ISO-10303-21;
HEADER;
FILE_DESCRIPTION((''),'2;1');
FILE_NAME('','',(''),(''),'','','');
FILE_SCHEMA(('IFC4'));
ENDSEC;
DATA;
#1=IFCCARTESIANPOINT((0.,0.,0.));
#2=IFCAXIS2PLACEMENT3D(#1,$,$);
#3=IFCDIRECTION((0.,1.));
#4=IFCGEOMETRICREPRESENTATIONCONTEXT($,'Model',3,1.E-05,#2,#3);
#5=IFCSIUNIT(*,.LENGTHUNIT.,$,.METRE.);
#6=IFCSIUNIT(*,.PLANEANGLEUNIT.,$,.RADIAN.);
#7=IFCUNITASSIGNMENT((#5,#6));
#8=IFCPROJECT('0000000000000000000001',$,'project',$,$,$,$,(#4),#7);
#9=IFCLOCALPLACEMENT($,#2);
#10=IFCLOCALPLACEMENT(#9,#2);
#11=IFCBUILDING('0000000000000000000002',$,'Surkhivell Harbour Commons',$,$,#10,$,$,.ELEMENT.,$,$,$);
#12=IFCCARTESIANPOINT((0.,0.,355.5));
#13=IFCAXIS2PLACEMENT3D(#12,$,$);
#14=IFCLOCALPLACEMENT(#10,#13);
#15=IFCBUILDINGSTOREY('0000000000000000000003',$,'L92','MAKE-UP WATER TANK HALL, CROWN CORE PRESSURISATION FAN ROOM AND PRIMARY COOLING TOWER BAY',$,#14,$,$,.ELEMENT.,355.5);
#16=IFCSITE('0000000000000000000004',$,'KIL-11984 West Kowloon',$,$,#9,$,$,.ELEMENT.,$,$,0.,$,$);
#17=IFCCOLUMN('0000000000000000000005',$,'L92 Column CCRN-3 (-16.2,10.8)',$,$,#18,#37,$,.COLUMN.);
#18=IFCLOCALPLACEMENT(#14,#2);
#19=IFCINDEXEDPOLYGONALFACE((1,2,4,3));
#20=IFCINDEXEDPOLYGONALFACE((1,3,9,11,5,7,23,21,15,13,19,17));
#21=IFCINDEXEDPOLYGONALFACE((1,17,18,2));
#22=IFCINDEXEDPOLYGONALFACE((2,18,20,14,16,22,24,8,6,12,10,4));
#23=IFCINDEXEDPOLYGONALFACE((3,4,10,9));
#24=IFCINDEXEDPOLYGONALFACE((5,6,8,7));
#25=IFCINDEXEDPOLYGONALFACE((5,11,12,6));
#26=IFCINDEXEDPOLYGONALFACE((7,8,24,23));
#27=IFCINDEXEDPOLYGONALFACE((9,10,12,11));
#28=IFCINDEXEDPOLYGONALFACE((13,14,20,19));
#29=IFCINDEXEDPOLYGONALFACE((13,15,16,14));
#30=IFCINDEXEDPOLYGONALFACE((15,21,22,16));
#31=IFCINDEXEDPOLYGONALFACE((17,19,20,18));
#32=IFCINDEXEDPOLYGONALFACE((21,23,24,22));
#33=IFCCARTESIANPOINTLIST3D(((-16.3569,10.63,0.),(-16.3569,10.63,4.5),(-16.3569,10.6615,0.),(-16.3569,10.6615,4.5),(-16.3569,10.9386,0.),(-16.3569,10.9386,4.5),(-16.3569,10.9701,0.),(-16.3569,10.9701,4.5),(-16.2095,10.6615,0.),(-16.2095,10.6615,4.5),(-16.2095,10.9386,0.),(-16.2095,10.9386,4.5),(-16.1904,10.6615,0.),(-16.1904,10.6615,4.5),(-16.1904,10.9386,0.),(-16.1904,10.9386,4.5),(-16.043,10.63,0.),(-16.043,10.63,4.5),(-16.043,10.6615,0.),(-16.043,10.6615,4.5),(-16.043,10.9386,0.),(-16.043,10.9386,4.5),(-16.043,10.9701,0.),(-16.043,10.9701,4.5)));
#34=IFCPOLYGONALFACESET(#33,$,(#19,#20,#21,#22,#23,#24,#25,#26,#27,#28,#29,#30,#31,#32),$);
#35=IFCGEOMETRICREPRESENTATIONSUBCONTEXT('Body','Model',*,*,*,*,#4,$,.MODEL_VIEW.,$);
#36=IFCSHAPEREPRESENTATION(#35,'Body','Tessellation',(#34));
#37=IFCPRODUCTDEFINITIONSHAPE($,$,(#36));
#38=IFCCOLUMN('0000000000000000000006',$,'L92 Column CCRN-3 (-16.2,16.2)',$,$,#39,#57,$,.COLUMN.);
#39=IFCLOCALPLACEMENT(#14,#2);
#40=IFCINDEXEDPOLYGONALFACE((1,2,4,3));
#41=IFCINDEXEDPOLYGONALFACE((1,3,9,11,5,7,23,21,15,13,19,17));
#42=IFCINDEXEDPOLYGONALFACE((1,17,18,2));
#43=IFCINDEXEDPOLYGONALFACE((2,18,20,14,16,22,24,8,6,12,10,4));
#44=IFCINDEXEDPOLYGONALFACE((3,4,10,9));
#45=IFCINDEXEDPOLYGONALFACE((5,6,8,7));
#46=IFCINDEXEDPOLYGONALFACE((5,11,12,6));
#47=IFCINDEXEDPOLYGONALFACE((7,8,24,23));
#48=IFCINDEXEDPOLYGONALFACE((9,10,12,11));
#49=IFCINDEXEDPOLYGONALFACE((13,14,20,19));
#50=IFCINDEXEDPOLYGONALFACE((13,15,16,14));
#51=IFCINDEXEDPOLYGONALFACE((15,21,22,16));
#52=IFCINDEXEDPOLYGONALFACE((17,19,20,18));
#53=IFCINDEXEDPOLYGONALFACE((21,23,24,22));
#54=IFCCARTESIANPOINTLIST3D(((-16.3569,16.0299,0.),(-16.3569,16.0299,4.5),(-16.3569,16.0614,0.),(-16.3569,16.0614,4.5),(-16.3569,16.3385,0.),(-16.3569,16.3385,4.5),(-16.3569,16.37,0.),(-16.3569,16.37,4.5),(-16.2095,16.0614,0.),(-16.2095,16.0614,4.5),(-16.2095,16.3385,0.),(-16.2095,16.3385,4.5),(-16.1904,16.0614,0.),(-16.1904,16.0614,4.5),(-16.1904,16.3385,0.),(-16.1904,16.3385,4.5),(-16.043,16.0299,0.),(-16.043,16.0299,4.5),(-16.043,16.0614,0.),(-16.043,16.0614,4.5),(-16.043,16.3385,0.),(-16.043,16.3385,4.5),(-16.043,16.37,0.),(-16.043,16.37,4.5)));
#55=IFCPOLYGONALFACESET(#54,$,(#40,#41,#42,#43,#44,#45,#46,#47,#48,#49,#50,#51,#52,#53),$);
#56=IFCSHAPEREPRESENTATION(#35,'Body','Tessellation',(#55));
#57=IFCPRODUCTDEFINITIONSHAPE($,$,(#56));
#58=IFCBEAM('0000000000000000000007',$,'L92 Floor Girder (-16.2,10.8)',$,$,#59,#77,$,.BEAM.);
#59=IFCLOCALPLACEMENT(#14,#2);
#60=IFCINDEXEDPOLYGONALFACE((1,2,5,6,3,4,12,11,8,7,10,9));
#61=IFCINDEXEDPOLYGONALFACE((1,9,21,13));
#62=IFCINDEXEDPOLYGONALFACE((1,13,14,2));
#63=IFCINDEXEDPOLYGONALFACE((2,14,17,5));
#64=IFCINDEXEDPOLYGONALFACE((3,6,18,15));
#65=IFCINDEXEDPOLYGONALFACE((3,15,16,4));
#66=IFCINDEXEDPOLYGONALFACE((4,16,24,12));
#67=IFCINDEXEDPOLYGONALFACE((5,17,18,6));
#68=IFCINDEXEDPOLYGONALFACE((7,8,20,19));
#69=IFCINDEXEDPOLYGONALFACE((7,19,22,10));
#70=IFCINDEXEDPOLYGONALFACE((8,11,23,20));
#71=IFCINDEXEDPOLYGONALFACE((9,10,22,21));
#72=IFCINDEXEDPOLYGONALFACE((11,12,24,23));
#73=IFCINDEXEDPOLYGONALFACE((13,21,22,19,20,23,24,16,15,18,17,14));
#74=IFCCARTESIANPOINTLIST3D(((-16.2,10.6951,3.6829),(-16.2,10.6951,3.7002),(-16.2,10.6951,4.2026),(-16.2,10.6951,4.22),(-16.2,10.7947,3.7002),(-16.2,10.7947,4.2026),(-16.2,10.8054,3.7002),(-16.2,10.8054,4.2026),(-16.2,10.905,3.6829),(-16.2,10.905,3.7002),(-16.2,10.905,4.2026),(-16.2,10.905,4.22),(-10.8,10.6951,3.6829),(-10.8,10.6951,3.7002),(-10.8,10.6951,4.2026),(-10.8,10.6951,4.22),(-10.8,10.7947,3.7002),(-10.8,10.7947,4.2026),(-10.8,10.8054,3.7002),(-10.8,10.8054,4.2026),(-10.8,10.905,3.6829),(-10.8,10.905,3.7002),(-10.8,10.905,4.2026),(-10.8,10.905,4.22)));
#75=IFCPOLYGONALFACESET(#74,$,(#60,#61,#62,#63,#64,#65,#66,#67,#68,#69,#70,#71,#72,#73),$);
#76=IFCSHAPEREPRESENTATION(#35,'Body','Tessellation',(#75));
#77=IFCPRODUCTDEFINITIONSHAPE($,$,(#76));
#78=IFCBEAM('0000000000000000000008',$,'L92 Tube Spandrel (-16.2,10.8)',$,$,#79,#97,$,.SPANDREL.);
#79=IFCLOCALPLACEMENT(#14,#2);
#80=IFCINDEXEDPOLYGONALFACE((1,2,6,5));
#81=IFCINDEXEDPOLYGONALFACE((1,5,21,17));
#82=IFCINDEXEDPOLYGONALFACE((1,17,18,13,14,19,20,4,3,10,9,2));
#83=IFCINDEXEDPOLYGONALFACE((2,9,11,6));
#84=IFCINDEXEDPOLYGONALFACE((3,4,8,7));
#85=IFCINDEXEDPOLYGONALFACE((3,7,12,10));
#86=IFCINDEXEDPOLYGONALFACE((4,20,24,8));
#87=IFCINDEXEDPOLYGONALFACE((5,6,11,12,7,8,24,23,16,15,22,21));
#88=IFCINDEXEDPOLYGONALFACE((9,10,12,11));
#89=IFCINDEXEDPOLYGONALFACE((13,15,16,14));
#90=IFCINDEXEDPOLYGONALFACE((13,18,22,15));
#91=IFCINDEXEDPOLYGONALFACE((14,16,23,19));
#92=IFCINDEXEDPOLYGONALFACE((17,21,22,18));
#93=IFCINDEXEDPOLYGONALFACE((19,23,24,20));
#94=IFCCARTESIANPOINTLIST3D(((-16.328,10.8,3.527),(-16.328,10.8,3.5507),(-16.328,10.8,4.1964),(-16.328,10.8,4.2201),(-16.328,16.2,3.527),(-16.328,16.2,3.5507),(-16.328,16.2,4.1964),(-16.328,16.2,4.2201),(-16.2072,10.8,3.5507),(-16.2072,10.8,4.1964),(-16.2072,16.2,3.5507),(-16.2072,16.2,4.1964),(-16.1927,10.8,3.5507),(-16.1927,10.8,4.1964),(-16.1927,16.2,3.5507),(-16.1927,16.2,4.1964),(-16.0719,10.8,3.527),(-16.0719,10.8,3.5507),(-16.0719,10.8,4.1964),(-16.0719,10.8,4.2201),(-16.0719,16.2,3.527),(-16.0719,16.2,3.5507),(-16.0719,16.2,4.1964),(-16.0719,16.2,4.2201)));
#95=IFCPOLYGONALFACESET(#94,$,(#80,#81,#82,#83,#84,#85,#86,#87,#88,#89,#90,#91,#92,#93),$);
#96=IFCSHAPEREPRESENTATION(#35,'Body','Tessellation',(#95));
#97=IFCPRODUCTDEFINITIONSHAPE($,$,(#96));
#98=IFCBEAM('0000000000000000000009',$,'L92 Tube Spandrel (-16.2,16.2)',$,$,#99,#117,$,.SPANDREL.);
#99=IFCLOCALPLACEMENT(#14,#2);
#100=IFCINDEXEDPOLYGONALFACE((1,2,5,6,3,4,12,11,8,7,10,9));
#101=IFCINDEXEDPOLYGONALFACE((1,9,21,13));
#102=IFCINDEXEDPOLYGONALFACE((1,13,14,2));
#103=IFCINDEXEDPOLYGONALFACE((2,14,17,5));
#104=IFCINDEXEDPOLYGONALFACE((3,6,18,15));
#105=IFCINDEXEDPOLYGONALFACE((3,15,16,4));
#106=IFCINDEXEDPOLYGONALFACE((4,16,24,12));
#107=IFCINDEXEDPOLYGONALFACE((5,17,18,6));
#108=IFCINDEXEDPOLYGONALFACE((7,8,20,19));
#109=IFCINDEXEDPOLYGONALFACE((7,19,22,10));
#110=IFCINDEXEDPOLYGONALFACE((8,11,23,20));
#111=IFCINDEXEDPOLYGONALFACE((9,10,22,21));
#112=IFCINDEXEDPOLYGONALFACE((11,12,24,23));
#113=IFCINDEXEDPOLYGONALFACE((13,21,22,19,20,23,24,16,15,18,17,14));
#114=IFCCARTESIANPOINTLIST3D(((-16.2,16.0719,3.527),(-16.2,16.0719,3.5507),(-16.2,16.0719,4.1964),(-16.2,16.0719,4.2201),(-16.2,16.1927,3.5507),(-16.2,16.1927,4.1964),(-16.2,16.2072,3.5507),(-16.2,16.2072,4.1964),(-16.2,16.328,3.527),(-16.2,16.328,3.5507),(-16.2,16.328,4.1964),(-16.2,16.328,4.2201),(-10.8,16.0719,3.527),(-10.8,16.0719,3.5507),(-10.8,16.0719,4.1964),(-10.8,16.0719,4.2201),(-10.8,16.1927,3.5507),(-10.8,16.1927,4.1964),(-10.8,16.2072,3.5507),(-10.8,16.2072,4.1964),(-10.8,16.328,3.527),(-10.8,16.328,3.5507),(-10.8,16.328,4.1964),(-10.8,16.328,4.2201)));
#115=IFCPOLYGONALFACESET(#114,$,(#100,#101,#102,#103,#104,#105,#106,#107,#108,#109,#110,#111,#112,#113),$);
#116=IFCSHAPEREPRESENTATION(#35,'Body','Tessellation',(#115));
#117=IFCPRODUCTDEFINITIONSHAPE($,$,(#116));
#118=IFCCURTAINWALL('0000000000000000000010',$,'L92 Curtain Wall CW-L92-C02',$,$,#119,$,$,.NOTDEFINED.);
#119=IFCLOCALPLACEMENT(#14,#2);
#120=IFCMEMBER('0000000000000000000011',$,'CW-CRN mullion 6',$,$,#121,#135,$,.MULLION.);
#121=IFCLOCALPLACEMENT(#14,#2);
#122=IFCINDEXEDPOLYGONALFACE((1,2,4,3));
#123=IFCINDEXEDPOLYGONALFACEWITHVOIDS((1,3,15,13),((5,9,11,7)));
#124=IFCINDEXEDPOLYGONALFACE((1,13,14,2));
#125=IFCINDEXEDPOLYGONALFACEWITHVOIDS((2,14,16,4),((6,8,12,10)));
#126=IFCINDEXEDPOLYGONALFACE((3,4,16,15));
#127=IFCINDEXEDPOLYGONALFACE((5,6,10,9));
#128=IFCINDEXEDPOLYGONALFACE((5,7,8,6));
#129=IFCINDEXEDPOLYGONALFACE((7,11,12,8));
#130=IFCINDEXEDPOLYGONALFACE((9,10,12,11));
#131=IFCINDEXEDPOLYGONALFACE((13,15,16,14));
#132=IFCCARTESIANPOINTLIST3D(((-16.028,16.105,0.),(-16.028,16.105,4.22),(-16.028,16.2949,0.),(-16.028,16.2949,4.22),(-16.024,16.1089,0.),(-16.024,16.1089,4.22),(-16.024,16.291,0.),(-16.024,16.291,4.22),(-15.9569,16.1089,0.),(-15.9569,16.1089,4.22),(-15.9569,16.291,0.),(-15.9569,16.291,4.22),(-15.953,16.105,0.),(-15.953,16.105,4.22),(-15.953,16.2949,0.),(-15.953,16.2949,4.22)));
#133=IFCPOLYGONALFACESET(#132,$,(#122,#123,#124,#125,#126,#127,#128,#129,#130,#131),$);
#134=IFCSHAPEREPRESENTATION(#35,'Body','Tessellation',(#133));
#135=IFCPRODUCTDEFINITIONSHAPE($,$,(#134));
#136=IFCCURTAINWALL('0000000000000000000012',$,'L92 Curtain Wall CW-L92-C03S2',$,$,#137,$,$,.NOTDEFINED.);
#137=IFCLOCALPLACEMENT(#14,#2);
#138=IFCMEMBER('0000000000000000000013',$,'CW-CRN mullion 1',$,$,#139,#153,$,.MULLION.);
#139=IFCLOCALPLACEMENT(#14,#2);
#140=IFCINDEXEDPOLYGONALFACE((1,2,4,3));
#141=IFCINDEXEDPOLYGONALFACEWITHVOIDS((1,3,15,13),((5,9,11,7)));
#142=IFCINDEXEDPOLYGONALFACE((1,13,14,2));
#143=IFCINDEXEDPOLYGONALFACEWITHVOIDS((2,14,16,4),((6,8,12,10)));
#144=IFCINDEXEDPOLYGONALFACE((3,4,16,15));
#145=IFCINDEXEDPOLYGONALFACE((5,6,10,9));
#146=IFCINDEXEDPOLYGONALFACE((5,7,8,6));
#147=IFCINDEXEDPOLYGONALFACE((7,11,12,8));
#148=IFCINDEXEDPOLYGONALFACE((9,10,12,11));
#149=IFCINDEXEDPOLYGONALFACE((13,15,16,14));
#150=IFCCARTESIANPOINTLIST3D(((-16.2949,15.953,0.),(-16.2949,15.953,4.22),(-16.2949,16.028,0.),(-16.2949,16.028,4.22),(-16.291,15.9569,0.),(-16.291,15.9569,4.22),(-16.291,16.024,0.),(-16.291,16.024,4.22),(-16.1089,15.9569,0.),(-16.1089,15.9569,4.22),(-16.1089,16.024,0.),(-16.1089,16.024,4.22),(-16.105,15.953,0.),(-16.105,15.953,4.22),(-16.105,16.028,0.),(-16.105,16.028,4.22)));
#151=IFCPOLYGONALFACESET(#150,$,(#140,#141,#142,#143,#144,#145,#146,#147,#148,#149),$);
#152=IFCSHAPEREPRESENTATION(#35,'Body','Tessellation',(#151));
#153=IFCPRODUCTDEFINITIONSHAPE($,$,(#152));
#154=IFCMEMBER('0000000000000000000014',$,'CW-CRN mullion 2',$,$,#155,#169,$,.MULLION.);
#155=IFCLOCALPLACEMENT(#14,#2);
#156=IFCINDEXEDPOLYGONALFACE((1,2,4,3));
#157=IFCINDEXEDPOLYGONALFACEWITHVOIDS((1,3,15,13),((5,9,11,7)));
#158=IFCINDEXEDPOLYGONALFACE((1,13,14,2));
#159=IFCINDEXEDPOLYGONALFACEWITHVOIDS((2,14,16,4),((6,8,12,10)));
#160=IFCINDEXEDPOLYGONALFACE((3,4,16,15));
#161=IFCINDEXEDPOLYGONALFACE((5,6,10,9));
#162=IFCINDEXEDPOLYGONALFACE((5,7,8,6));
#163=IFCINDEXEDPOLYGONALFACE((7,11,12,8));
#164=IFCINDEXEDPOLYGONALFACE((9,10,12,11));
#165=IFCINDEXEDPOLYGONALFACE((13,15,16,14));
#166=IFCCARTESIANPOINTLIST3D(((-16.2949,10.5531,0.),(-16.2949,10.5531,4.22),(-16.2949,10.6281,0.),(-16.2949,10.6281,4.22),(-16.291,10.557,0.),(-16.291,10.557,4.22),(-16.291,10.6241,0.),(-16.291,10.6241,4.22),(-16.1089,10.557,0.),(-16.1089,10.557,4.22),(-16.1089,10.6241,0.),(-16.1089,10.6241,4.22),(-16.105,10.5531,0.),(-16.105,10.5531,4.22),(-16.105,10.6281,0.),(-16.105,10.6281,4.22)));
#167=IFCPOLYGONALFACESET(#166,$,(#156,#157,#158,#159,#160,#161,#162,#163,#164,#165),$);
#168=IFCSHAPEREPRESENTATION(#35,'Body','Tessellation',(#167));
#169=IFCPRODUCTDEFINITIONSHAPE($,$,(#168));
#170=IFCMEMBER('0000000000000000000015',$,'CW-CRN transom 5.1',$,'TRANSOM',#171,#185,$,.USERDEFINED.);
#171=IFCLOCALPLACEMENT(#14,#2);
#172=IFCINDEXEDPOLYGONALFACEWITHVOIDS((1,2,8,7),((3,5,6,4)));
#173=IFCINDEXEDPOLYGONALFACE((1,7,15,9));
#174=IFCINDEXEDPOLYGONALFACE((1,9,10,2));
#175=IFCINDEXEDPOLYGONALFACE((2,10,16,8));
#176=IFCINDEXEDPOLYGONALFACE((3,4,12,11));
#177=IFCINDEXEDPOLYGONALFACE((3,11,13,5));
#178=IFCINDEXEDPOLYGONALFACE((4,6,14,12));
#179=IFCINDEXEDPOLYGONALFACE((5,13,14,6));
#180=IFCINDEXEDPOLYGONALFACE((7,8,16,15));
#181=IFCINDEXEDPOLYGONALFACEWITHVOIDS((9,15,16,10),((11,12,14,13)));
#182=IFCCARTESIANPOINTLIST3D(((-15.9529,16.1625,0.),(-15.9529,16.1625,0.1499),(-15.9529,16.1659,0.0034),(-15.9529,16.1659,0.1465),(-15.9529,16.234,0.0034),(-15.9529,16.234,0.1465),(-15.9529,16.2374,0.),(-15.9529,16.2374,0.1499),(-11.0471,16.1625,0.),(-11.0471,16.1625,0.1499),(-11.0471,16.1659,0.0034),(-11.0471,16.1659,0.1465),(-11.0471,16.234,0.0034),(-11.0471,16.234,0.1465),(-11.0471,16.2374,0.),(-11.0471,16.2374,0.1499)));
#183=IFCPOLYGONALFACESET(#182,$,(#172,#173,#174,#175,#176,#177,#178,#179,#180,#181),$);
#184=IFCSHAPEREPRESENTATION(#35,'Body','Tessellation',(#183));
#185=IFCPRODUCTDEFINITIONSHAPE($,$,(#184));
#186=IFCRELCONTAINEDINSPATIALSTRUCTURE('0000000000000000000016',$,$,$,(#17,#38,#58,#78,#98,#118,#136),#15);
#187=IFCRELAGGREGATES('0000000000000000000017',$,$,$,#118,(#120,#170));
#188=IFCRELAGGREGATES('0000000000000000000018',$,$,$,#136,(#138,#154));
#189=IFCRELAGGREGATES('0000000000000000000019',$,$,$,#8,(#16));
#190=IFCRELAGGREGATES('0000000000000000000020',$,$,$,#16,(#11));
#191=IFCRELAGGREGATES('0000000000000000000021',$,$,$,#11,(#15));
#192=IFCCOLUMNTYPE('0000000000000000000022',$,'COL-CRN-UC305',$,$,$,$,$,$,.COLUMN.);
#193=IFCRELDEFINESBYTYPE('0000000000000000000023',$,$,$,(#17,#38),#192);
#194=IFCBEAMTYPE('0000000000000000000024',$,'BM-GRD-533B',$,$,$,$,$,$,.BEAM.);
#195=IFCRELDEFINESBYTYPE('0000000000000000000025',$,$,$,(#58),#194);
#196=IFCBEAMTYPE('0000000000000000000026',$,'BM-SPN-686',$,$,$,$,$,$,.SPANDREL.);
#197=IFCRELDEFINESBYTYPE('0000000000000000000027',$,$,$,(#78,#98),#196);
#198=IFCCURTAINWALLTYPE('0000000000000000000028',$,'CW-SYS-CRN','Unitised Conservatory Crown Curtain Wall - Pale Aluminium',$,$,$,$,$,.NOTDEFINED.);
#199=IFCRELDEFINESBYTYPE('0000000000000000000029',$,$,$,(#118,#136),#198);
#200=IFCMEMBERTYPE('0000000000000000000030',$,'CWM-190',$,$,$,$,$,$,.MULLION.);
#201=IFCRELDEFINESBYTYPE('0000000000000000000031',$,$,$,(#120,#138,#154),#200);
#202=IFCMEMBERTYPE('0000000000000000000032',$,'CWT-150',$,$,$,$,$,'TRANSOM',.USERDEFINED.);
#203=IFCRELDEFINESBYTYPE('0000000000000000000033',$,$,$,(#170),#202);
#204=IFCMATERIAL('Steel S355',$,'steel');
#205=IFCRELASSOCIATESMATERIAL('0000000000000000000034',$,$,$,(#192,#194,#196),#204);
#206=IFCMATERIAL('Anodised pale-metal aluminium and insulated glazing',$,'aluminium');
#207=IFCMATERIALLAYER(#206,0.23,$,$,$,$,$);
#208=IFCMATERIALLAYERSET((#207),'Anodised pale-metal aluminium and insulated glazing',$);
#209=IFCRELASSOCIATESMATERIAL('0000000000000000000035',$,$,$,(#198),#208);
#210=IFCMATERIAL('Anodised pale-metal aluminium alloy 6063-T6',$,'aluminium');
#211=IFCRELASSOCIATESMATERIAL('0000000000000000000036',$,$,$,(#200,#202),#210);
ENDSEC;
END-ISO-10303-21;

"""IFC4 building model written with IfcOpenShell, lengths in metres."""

from ifc_helpers import new_model, si_unit, direction, frame, origin, origin_2d, place, context, subcontext, project, spatial, hollow_rectangle, i_section, extrude, material, layer, layer_set, material_profile, profile_set, type_object, element, aggregate, save


model = new_model("IFC4")

# Units and contexts
model_context = context("Model", 3, precision=1e-05, world=origin(), true_north=direction((0.0, 1.0)))
body_context = subcontext(model_context, "Body", "Model", "MODEL_VIEW")
ifc_project = project(units=[si_unit("LENGTHUNIT", "METRE"), si_unit("PLANEANGLEUNIT", "RADIAN")], contexts=[model_context])

# Site, building, storey
site_placement = place(None, origin())
site = spatial("IfcSite", under=ifc_project, at=site_placement, Name="KIL-11984 West Kowloon", CompositionType="ELEMENT", RefElevation=0.0)
building_placement = place(site_placement, origin())
building = spatial("IfcBuilding", under=site, at=building_placement, Name="Surkhivell Harbour Commons", CompositionType="ELEMENT")
storey_placement = place(building_placement, frame((0.0, 0.0, 355.5)))
storey = spatial("IfcBuildingStorey", under=building, at=storey_placement, Name="L92", Description="MAKE-UP WATER TANK HALL, CROWN CORE PRESSURISATION FAN ROOM AND PRIMARY COOLING TOWER BAY", CompositionType="ELEMENT", Elevation=355.5)

# Columns
ifc_material_1 = material(Name="Steel S355", Category="steel")
ifc_material_profile_1 = material_profile(ifc_material_1, i_section(OverallWidth=0.314, OverallDepth=0.3401, WebThickness=0.019, FlangeThickness=0.0315, at=origin_2d()), Name="UC305x305x198")
ifc_profile_set_1 = profile_set([ifc_material_profile_1], Name="Steel S355")
column_type = type_object("IfcColumnType", Name="COL-CRN-UC305", PredefinedType="COLUMN", material=ifc_profile_set_1)
for number, where, z_axis, x_axis, name in (
    (1, (-16.2, 10.8, 0.0), (0.0, 0.0, 1.0), (1.0, 0.0, 0.0), "L92 Column CCRN-3 (-16.2,10.8)"),
    (2, (-16.2, 16.2, 0.0), (0.0, 0.0, 1.0), (1.0, 0.0, 0.0), "L92 Column CCRN-3 (-16.2,16.2)"),
):
    element("IfcColumn", number, at=place(storey_placement, frame(where, z_axis=z_axis, x_axis=x_axis)), inside=storey, type_object=column_type, Name=name, PredefinedType="COLUMN", context=body_context, shape_type="SweptSolid", body=[
        extrude(i_section(OverallWidth=0.314, OverallDepth=0.3401, WebThickness=0.019, FlangeThickness=0.0315, at=origin_2d()), origin(), (0.0, 0.0, 1.0), 4.5),
    ])

# Beams
ifc_material_profile_2 = material_profile(ifc_material_1, i_section(OverallWidth=0.21, OverallDepth=0.5371, WebThickness=0.0107, FlangeThickness=0.0173, at=origin_2d()), Name="UB533x210x101")
ifc_profile_set_2 = profile_set([ifc_material_profile_2], Name="Steel S355")
beam_type_1 = type_object("IfcBeamType", Name="BM-GRD-533B", PredefinedType="BEAM", material=ifc_profile_set_2)
beam_placement = place(storey_placement, frame((-16.2, 10.8, 3.9514), z_axis=(1.0, 0.0, 0.0), x_axis=(0.0, 1.0, 0.0)))
element("IfcBeam", 3, at=beam_placement, inside=storey, type_object=beam_type_1, Name="L92 Floor Girder (-16.2,10.8)", PredefinedType="BEAM", context=body_context, shape_type="SweptSolid", body=[
    extrude(i_section(OverallWidth=0.21, OverallDepth=0.5371, WebThickness=0.0107, FlangeThickness=0.0173, at=origin_2d()), origin(), (0.0, 0.0, 1.0), 5.3999),
])
ifc_material_profile_3 = material_profile(ifc_material_1, i_section(OverallWidth=0.2561, OverallDepth=0.6931, WebThickness=0.0144, FlangeThickness=0.0237, at=origin_2d()), Name="UB686x254x170")
ifc_profile_set_3 = profile_set([ifc_material_profile_3], Name="Steel S355")
beam_type_2 = type_object("IfcBeamType", Name="BM-SPN-686", PredefinedType="SPANDREL", material=ifc_profile_set_3)
for number, where, z_axis, x_axis, name in (
    (4, (-16.2, 10.8, 3.8735), (0.0, 1.0, 0.0), (-1.0, 0.0, 0.0), "L92 Tube Spandrel (-16.2,10.8)"),
    (5, (-16.2, 16.2, 3.8735), (1.0, 0.0, 0.0), (0.0, 1.0, 0.0), "L92 Tube Spandrel (-16.2,16.2)"),
):
    element("IfcBeam", number, at=place(storey_placement, frame(where, z_axis=z_axis, x_axis=x_axis)), inside=storey, type_object=beam_type_2, Name=name, PredefinedType="SPANDREL", context=body_context, shape_type="SweptSolid", body=[
        extrude(i_section(OverallWidth=0.2561, OverallDepth=0.6931, WebThickness=0.0144, FlangeThickness=0.0237, at=origin_2d()), origin(), (0.0, 0.0, 1.0), 5.3999),
    ])

# Curtain wall, member
ifc_material_2 = material(Name="Anodised pale-metal aluminium and insulated glazing", Category="aluminium")
ifc_layer_1 = layer(ifc_material_2, 0.23)
ifc_layer_set_1 = layer_set([ifc_layer_1], Name="Anodised pale-metal aluminium and insulated glazing")
curtain_wall_type = type_object("IfcCurtainWallType", Name="CW-SYS-CRN", Description="Unitised Conservatory Crown Curtain Wall - Pale Aluminium", PredefinedType="NOTDEFINED", material=ifc_layer_set_1)
curtain_wall_1_placement = place(storey_placement, origin())
curtain_wall_1 = element("IfcCurtainWall", 6, at=curtain_wall_1_placement, inside=storey, type_object=curtain_wall_type, Name="L92 Curtain Wall CW-L92-C02", PredefinedType="NOTDEFINED")
ifc_material_3 = material(Name="Anodised pale-metal aluminium alloy 6063-T6", Category="aluminium")
ifc_material_profile_4 = material_profile(ifc_material_3, hollow_rectangle(XDim=0.075, YDim=0.1899, WallThickness=0.0039, at=origin_2d()), Name="ALU-MULL-75x190")
ifc_profile_set_4 = profile_set([ifc_material_profile_4], Name="Anodised pale-metal aluminium alloy 6063-T6")
member_type_1 = type_object("IfcMemberType", Name="CWM-190", PredefinedType="MULLION", material=ifc_profile_set_4)
member_1_placement = place(storey_placement, frame((-15.9905, 16.2, 0.0), z_axis=(0.0, 0.0, 1.0), x_axis=(-1.0, 0.0, 0.0)))
member_1 = element("IfcMember", 7, at=member_1_placement, type_object=member_type_1, Name="CW-CRN mullion 6", PredefinedType="MULLION", context=body_context, shape_type="SweptSolid", body=[
    extrude(hollow_rectangle(XDim=0.075, YDim=0.1899, WallThickness=0.0039, at=origin_2d()), origin(), (0.0, 0.0, 1.0), 4.22),
])

# Curtain wall, members
curtain_wall_2_placement = place(storey_placement, origin())
curtain_wall_2 = element("IfcCurtainWall", 8, at=curtain_wall_2_placement, inside=storey, type_object=curtain_wall_type, Name="L92 Curtain Wall CW-L92-C03S2", PredefinedType="NOTDEFINED")
member_2_placement = place(storey_placement, frame((-16.2, 15.9905, 0.0), z_axis=(0.0, 0.0, 1.0), x_axis=(0.0, -1.0, 0.0)))
member_2 = element("IfcMember", 9, at=member_2_placement, type_object=member_type_1, Name="CW-CRN mullion 1", PredefinedType="MULLION", context=body_context, shape_type="SweptSolid", body=[
    extrude(hollow_rectangle(XDim=0.075, YDim=0.1899, WallThickness=0.0039, at=origin_2d()), origin(), (0.0, 0.0, 1.0), 4.22),
])
member_3_placement = place(storey_placement, frame((-16.2, 10.5906, 0.0), z_axis=(0.0, 0.0, 1.0), x_axis=(0.0, -1.0, 0.0)))
member_3 = element("IfcMember", 10, at=member_3_placement, type_object=member_type_1, Name="CW-CRN mullion 2", PredefinedType="MULLION", context=body_context, shape_type="SweptSolid", body=[
    extrude(hollow_rectangle(XDim=0.075, YDim=0.1899, WallThickness=0.0039, at=origin_2d()), origin(), (0.0, 0.0, 1.0), 4.22),
])

# Member
ifc_material_profile_5 = material_profile(ifc_material_3, hollow_rectangle(XDim=0.075, YDim=0.1499, WallThickness=0.0034, at=origin_2d()), Name="ALU-TRAN-75x150")
ifc_profile_set_5 = profile_set([ifc_material_profile_5], Name="Anodised pale-metal aluminium alloy 6063-T6")
member_type_2 = type_object("IfcMemberType", Name="CWT-150", ElementType="TRANSOM", PredefinedType="USERDEFINED", material=ifc_profile_set_5)
member_4_placement = place(storey_placement, frame((-11.0471, 16.2, 0.075), z_axis=(-1.0, 0.0, 0.0), x_axis=(0.0, -1.0, 0.0)))
member_4 = element("IfcMember", 11, at=member_4_placement, type_object=member_type_2, Name="CW-CRN transom 5.1", ObjectType="TRANSOM", PredefinedType="USERDEFINED", context=body_context, shape_type="SweptSolid", body=[
    extrude(hollow_rectangle(XDim=0.075, YDim=0.1499, WallThickness=0.0034, at=origin_2d()), origin(), (0.0, 0.0, 1.0), 4.9058),
])

aggregate(curtain_wall_1, [member_1, member_4])
aggregate(curtain_wall_2, [member_2, member_3])

save(model, "model.ifc")
